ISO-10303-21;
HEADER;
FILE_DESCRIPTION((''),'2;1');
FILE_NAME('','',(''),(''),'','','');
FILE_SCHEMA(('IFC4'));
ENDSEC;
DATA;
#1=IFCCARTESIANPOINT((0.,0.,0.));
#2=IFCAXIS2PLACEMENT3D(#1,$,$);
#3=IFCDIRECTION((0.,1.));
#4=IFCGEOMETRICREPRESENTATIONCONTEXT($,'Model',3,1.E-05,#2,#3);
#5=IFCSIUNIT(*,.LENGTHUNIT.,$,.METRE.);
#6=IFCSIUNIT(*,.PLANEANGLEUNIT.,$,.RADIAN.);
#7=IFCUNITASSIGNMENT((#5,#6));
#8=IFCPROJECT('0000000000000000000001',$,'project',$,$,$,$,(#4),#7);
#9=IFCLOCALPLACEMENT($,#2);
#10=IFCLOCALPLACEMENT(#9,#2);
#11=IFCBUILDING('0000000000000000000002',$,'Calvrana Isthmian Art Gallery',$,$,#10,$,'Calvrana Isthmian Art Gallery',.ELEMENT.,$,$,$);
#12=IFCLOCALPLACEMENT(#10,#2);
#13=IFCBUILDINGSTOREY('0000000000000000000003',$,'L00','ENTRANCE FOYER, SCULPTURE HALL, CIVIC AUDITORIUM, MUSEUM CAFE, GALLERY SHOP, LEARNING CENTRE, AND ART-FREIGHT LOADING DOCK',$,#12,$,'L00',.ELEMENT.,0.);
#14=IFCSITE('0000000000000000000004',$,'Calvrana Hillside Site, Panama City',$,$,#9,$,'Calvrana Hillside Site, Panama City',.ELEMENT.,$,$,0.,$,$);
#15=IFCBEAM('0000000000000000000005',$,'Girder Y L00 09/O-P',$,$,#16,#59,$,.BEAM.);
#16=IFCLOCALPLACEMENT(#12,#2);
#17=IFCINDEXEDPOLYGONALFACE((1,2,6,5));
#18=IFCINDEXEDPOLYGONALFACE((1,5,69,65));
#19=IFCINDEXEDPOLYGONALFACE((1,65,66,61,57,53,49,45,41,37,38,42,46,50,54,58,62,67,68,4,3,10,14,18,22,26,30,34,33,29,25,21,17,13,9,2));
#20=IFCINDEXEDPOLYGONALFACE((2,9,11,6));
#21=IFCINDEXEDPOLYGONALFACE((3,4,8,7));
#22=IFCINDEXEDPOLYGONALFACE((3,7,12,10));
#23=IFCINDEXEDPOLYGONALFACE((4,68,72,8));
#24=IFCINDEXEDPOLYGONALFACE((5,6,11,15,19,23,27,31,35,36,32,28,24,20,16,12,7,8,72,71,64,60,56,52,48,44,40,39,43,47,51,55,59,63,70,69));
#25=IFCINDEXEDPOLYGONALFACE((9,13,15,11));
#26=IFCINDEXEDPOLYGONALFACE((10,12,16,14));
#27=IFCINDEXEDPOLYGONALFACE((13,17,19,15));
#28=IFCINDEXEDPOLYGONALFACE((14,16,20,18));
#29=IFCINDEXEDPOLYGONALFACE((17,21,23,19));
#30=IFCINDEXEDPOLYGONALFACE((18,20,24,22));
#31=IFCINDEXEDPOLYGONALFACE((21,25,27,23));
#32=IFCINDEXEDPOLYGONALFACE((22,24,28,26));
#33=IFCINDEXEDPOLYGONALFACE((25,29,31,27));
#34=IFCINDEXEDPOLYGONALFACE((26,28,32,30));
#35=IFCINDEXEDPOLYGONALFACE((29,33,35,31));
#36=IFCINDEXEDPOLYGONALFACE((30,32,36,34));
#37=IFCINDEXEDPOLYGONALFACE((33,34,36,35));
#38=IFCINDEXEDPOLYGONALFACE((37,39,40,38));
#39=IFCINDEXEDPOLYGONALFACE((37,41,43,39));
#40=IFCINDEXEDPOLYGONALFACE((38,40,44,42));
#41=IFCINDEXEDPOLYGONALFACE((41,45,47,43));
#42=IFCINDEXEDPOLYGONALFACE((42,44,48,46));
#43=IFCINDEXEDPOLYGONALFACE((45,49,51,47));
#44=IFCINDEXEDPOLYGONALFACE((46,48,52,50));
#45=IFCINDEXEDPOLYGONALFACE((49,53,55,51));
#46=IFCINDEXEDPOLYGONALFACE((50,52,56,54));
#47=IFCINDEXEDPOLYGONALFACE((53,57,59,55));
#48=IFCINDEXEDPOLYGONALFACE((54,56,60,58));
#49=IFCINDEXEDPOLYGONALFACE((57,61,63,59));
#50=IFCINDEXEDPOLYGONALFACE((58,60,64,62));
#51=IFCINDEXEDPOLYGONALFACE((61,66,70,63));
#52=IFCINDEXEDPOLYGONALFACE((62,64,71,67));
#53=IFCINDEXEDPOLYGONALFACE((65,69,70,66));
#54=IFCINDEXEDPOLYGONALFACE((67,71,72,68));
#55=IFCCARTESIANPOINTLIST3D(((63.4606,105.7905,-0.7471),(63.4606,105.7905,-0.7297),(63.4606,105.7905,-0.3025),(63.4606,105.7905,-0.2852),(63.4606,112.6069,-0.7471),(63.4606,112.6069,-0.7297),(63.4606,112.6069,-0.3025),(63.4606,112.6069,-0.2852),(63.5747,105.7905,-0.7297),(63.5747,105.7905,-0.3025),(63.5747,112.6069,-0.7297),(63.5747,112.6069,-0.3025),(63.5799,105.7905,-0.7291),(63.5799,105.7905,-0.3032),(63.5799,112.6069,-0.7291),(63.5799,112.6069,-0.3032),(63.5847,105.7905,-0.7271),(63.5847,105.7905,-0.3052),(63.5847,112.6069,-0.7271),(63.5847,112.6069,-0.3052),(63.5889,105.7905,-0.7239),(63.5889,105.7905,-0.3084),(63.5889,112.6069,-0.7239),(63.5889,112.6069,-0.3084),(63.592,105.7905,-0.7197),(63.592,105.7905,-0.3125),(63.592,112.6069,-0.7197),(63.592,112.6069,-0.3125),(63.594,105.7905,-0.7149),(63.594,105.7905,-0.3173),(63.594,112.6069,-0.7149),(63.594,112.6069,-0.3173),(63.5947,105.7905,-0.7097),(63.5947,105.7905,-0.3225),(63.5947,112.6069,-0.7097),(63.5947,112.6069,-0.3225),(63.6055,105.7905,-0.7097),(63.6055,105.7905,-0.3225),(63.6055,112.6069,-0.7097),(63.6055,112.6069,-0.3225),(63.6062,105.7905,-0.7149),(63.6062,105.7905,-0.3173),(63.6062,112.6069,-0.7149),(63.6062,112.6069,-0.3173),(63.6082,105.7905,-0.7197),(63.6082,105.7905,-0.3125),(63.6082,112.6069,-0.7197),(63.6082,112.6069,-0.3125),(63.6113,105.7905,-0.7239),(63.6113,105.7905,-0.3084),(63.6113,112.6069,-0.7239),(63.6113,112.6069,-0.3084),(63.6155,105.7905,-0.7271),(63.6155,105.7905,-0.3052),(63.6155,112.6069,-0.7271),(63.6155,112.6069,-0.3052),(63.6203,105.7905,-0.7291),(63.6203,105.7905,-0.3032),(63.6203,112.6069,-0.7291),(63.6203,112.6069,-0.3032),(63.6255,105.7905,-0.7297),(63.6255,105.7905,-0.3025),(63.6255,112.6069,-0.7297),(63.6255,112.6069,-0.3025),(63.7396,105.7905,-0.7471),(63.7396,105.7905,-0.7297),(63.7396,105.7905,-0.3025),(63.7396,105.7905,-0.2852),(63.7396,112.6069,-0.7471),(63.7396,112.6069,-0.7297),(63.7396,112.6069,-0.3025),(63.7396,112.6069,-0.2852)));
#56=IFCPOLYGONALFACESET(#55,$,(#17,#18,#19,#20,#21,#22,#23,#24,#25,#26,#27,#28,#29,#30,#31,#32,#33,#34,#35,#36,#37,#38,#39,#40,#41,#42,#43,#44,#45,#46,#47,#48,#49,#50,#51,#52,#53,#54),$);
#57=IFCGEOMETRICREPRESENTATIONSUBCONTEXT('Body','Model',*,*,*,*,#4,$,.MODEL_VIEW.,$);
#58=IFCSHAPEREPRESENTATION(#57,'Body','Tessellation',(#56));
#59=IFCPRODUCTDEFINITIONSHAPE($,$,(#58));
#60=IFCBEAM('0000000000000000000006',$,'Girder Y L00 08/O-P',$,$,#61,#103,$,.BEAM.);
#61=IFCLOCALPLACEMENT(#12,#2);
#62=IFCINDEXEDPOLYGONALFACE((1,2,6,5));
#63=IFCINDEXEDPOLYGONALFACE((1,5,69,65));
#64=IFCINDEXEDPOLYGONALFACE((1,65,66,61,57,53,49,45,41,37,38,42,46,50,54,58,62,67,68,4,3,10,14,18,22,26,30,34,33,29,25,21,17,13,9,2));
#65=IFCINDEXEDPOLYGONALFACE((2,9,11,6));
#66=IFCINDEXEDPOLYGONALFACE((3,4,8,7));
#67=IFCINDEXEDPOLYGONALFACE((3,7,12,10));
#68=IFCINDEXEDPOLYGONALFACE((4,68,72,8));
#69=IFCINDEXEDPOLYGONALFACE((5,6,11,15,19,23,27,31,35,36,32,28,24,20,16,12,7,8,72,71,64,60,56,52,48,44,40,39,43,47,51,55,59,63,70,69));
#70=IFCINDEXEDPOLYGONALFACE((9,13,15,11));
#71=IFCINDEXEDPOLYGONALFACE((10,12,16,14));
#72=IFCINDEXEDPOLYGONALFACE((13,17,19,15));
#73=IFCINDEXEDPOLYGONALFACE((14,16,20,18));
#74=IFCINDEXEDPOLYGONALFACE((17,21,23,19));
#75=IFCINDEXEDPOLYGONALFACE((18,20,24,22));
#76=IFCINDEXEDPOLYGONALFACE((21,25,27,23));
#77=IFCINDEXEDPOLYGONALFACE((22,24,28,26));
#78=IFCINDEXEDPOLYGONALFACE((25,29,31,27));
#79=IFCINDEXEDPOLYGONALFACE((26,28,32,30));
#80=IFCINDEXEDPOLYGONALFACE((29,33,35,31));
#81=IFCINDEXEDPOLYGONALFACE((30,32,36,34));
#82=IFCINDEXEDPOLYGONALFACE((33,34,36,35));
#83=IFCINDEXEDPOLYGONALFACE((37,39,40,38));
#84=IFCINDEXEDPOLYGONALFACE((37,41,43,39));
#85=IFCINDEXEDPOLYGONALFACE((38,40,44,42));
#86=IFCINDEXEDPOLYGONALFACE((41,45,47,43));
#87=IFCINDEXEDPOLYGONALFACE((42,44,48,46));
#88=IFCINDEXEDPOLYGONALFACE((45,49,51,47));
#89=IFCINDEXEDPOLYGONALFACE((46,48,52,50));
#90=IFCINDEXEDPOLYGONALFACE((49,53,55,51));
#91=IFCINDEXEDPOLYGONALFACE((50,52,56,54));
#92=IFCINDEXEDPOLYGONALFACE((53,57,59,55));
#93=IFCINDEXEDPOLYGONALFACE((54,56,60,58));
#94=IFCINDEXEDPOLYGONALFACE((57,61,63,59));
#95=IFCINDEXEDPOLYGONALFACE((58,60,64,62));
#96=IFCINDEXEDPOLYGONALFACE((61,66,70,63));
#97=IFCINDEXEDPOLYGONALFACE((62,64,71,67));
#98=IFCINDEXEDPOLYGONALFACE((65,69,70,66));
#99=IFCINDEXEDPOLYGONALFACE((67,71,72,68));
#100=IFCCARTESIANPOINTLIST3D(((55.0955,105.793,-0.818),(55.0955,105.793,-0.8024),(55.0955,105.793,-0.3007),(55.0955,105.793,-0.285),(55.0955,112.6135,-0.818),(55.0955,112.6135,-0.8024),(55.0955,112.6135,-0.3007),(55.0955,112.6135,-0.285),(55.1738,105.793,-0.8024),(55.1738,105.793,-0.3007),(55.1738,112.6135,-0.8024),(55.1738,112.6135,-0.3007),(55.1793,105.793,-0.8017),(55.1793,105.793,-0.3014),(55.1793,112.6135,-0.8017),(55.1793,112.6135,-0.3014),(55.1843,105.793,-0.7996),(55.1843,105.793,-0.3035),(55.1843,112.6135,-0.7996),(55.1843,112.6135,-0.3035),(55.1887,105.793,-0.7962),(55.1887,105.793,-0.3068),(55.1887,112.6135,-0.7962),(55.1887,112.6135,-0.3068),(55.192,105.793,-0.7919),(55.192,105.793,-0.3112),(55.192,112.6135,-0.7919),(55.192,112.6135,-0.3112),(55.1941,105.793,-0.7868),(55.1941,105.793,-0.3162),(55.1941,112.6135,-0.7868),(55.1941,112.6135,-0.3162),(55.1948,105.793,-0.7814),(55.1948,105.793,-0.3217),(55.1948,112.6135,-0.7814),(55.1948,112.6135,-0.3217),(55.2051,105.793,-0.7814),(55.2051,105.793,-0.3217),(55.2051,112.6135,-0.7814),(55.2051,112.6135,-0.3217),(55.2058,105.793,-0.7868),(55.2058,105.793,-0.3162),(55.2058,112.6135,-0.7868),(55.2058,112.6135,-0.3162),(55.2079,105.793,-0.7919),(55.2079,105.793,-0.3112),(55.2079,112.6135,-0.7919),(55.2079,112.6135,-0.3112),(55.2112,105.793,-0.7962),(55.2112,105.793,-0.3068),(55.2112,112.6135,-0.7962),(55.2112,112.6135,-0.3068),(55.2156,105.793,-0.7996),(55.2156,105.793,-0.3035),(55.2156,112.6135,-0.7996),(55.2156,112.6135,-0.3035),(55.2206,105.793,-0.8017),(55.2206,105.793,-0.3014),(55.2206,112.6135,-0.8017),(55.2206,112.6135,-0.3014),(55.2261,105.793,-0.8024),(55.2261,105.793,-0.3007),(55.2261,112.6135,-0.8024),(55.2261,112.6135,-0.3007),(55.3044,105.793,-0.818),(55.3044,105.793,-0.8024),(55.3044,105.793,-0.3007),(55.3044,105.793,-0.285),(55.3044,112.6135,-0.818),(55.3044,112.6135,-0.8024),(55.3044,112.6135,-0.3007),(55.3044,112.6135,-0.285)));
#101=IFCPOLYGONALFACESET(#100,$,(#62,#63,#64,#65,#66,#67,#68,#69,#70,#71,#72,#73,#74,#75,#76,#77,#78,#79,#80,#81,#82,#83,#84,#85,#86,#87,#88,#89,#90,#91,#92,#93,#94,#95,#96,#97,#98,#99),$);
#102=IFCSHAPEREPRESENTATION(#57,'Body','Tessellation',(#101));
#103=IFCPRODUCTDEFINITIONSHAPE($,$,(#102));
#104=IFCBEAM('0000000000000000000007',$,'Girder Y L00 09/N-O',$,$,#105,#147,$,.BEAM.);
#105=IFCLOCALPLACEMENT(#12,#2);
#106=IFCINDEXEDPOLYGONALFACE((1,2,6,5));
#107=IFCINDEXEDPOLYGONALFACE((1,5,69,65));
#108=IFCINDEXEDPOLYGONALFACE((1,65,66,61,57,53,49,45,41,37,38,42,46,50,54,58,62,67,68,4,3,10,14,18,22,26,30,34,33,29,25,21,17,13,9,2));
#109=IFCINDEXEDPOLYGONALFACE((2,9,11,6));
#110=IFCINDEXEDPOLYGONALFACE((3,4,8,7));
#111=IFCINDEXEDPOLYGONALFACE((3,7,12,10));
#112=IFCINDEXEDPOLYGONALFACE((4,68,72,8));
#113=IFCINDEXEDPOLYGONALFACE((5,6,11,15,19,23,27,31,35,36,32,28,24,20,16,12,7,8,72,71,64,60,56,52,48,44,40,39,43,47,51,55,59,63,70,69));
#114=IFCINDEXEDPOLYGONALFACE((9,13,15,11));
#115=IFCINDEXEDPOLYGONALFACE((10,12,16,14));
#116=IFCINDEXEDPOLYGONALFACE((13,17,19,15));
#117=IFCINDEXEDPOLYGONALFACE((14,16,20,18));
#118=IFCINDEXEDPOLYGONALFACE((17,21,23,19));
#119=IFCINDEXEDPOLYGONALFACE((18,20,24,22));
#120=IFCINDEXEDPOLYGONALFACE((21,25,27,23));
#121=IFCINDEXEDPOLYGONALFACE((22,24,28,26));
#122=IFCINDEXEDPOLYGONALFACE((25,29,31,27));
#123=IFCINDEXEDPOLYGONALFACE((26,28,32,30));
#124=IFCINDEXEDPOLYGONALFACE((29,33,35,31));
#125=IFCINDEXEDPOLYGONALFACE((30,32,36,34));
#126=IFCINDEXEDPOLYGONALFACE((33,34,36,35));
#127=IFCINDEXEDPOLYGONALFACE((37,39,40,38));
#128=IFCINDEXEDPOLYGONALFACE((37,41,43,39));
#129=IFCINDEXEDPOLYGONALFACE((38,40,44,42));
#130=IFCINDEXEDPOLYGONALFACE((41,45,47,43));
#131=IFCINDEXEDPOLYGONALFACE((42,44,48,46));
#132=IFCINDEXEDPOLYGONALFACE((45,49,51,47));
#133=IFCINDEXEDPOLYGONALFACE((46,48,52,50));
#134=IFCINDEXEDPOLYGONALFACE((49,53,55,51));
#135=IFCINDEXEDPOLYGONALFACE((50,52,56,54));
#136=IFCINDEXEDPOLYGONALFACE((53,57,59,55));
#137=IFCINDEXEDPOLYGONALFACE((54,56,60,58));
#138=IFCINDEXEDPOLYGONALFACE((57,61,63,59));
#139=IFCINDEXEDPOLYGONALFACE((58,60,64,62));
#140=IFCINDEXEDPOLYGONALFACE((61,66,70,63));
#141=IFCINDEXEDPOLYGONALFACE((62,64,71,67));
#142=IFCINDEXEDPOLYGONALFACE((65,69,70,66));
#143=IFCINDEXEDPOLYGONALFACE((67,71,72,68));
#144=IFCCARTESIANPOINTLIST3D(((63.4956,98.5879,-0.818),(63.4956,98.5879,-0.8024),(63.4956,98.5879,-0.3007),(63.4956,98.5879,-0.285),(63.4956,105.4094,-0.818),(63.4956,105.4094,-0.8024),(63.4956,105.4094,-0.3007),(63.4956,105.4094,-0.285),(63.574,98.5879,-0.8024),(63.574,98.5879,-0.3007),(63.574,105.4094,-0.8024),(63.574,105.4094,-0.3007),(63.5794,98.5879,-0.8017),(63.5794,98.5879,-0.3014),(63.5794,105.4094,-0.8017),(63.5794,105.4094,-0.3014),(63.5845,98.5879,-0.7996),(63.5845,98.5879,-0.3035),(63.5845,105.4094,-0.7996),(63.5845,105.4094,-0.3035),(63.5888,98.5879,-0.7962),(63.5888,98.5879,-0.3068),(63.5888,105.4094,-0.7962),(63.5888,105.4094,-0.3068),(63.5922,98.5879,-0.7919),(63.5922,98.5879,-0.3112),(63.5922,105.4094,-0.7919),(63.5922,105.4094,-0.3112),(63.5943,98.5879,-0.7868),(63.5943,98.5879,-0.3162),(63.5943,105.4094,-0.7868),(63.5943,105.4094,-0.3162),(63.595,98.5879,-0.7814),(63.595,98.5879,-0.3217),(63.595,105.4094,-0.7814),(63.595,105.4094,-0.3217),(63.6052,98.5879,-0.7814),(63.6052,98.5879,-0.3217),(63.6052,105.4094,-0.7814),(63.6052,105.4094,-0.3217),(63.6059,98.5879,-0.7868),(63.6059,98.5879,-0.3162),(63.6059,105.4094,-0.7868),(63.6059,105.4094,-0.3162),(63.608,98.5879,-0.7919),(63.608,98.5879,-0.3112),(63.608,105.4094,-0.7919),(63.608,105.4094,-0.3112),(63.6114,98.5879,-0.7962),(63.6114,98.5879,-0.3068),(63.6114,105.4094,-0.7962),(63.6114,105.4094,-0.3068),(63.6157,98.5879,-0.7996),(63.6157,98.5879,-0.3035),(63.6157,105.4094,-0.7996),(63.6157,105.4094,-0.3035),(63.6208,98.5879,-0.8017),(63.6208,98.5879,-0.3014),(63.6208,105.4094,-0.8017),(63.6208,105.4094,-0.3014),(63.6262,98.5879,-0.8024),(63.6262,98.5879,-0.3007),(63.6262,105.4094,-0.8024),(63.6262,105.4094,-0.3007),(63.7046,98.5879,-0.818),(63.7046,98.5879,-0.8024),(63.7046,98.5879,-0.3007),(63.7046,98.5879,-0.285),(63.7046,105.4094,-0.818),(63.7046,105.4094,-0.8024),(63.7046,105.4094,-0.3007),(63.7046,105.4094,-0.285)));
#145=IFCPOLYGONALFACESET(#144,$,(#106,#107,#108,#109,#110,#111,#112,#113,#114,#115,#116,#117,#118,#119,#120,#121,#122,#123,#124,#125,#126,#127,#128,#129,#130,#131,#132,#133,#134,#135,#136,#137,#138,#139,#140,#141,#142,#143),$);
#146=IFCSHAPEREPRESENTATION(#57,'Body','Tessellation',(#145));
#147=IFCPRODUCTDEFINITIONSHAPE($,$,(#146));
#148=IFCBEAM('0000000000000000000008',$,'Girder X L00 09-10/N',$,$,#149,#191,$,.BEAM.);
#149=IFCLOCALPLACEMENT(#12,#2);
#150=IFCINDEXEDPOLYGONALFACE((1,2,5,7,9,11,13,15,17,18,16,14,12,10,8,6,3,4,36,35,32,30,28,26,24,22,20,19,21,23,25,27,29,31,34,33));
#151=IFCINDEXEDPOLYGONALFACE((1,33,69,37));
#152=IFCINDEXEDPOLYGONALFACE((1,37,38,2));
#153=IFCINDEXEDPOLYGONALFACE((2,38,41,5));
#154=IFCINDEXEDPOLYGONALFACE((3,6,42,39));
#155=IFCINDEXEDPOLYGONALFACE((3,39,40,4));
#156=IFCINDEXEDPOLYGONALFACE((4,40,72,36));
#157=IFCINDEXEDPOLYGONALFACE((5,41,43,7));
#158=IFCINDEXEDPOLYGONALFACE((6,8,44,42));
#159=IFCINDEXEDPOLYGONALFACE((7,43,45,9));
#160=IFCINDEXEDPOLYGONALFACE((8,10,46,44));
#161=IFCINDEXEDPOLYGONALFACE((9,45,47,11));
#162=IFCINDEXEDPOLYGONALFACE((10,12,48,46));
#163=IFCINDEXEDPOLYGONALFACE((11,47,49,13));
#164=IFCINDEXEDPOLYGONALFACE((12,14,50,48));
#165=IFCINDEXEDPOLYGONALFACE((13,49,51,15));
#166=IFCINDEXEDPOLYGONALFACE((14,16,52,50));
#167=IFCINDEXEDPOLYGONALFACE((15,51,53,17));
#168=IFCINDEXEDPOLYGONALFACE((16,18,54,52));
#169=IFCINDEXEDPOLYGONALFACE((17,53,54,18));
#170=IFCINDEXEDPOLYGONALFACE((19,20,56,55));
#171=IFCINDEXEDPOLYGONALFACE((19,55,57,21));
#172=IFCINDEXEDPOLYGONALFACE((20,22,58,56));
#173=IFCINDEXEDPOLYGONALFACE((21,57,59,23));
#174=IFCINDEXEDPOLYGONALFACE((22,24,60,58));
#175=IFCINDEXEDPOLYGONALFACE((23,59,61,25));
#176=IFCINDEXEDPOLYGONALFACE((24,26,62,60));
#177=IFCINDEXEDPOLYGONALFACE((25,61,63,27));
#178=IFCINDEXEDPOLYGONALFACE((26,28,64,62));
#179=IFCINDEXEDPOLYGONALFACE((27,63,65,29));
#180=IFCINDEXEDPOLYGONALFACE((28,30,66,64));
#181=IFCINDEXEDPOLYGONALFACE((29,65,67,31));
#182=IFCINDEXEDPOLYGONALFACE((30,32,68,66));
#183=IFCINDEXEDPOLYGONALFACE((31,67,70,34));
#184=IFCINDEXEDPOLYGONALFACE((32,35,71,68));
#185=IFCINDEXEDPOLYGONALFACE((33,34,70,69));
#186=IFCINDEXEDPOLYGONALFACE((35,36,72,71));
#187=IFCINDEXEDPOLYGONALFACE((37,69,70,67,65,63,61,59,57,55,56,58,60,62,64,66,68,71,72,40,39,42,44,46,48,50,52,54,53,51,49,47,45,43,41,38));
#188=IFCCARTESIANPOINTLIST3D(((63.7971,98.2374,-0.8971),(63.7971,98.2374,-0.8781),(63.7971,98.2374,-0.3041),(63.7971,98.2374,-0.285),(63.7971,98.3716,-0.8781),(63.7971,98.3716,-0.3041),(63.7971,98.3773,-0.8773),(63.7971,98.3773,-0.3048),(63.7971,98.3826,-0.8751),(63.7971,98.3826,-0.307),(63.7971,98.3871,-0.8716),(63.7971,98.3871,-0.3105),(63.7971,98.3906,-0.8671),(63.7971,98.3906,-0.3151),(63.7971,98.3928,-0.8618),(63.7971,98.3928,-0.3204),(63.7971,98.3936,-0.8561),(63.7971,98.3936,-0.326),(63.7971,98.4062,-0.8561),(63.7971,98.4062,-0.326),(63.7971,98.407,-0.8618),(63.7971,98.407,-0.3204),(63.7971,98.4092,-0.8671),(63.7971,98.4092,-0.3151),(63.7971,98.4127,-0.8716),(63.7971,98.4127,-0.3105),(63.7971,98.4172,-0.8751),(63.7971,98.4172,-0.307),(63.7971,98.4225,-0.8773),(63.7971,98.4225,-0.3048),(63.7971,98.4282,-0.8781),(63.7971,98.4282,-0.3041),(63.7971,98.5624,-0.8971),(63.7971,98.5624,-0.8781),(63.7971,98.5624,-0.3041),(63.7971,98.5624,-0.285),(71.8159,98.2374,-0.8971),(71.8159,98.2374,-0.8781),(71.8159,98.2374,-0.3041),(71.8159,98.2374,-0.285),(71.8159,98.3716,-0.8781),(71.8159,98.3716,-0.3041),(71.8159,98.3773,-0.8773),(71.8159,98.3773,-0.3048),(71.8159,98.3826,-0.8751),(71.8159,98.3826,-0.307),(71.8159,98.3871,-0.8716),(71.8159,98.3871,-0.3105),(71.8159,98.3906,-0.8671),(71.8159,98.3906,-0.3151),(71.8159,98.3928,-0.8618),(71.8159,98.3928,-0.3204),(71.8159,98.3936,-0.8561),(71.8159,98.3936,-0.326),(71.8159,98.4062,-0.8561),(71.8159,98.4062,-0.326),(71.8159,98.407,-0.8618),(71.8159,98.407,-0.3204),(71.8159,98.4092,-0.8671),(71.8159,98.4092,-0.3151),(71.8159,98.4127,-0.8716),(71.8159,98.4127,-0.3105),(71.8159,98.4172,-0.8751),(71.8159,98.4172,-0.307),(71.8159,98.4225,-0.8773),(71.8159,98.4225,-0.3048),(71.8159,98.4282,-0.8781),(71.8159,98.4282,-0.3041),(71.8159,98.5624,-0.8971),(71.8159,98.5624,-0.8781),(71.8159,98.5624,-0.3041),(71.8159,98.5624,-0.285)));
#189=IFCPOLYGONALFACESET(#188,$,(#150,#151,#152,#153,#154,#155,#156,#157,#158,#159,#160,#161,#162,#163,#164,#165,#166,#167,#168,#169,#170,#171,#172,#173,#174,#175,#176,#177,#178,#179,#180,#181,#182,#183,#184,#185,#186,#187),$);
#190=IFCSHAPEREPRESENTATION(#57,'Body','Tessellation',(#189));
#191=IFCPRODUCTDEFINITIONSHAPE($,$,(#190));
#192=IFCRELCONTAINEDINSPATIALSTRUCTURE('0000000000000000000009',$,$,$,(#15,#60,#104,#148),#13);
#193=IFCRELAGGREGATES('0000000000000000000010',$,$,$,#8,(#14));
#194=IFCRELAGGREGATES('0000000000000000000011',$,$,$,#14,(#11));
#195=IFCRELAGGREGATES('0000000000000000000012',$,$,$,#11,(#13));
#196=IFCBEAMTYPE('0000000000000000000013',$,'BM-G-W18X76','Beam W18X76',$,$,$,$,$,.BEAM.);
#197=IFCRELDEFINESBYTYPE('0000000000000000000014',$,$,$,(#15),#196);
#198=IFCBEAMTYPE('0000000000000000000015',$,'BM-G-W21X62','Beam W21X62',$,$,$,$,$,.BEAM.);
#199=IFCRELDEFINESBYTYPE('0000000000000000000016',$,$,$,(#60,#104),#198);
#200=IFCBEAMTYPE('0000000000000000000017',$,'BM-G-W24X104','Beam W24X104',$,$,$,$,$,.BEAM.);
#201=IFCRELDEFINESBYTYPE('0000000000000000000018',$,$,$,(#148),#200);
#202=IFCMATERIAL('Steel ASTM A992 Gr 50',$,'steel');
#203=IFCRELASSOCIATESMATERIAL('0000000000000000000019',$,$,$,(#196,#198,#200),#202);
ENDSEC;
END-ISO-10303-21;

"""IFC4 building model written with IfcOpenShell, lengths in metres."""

from ifc_helpers import new_model, si_unit, direction, frame, origin, origin_2d, place, context, subcontext, project, spatial, i_section, extrude, material, material_profile, profile_set, type_object, element, save


model = new_model("IFC4")

# Units and contexts
model_context = context("Model", 3, precision=1e-05, world=origin(), true_north=direction((0.0, 1.0)))
body_context = subcontext(model_context, "Body", "Model", "MODEL_VIEW")
ifc_project = project(units=[si_unit("LENGTHUNIT", "METRE"), si_unit("PLANEANGLEUNIT", "RADIAN")], contexts=[model_context])

# Site, building, storey
site_placement = place(None, origin())
site = spatial("IfcSite", under=ifc_project, at=site_placement, Name="Calvrana Hillside Site, Panama City", LongName="Calvrana Hillside Site, Panama City", CompositionType="ELEMENT", RefElevation=0.0)
building_placement = place(site_placement, origin())
building = spatial("IfcBuilding", under=site, at=building_placement, Name="Calvrana Isthmian Art Gallery", LongName="Calvrana Isthmian Art Gallery", CompositionType="ELEMENT")
storey_placement = place(building_placement, origin())
storey = spatial("IfcBuildingStorey", under=building, at=storey_placement, Name="L00", Description="ENTRANCE FOYER, SCULPTURE HALL, CIVIC AUDITORIUM, MUSEUM CAFE, GALLERY SHOP, LEARNING CENTRE, AND ART-FREIGHT LOADING DOCK", LongName="L00", CompositionType="ELEMENT", Elevation=0.0)

# Shared definitions
ifc_material_1 = material(Name="Steel ASTM A992 Gr 50", Category="steel")

# Beams
ifc_material_profile_1 = material_profile(ifc_material_1, i_section(OverallWidth=0.2791, OverallDepth=0.4619, WebThickness=0.0107, FlangeThickness=0.0173, FilletRadius=0.02, at=origin_2d()), Name="W18X76")
ifc_profile_set_1 = profile_set([ifc_material_profile_1], Name="Steel ASTM A992 Gr 50")
beam_type_1 = type_object("IfcBeamType", Name="BM-G-W18X76", Description="Beam W18X76", PredefinedType="BEAM", material=ifc_profile_set_1)
beam_1_placement = place(storey_placement, frame((63.6001, 105.7905, -0.5161), z_axis=(0.0, 1.0, 0.0), x_axis=(-1.0, 0.0, 0.0)))
element("IfcBeam", 1, at=beam_1_placement, inside=storey, type_object=beam_type_1, Name="Girder Y L00 09/O-P", PredefinedType="BEAM", context=body_context, shape_type="SweptSolid", body=[
    extrude(i_section(OverallWidth=0.2791, OverallDepth=0.4619, WebThickness=0.0107, FlangeThickness=0.0173, FilletRadius=0.02, at=origin_2d()), origin(), (0.0, 0.0, 1.0), 6.8164),
])
ifc_material_profile_2 = material_profile(ifc_material_1, i_section(OverallWidth=0.209, OverallDepth=0.533, WebThickness=0.0103, FlangeThickness=0.0156, FilletRadius=0.021, at=origin_2d()), Name="W21X62")
ifc_profile_set_2 = profile_set([ifc_material_profile_2], Name="Steel ASTM A992 Gr 50")
beam_type_2 = type_object("IfcBeamType", Name="BM-G-W21X62", Description="Beam W21X62", PredefinedType="BEAM", material=ifc_profile_set_2)
beam_2_placement = place(storey_placement, frame((55.2, 105.793, -0.5515), z_axis=(0.0, 1.0, 0.0), x_axis=(-1.0, 0.0, 0.0)))
element("IfcBeam", 2, at=beam_2_placement, inside=storey, type_object=beam_type_2, Name="Girder Y L00 08/O-P", PredefinedType="BEAM", context=body_context, shape_type="SweptSolid", body=[
    extrude(i_section(OverallWidth=0.209, OverallDepth=0.533, WebThickness=0.0103, FlangeThickness=0.0156, FilletRadius=0.021, at=origin_2d()), origin(), (0.0, 0.0, 1.0), 6.8206),
])
beam_3_placement = place(storey_placement, frame((63.6001, 98.5879, -0.5515), z_axis=(0.0, 1.0, 0.0), x_axis=(-1.0, 0.0, 0.0)))
element("IfcBeam", 3, at=beam_3_placement, inside=storey, type_object=beam_type_2, Name="Girder Y L00 09/N-O", PredefinedType="BEAM", context=body_context, shape_type="SweptSolid", body=[
    extrude(i_section(OverallWidth=0.209, OverallDepth=0.533, WebThickness=0.0103, FlangeThickness=0.0156, FilletRadius=0.021, at=origin_2d()), origin(), (0.0, 0.0, 1.0), 6.8215),
])
ifc_material_profile_3 = material_profile(ifc_material_1, i_section(OverallWidth=0.325, OverallDepth=0.6121, WebThickness=0.0127, FlangeThickness=0.019, FilletRadius=0.022, at=origin_2d()), Name="W24X104")
ifc_profile_set_3 = profile_set([ifc_material_profile_3], Name="Steel ASTM A992 Gr 50")
beam_type_3 = type_object("IfcBeamType", Name="BM-G-W24X104", Description="Beam W24X104", PredefinedType="BEAM", material=ifc_profile_set_3)
beam_4_placement = place(storey_placement, frame((63.7971, 98.3999, -0.5911), z_axis=(1.0, 0.0, 0.0), x_axis=(0.0, 1.0, 0.0)))
element("IfcBeam", 4, at=beam_4_placement, inside=storey, type_object=beam_type_3, Name="Girder X L00 09-10/N", PredefinedType="BEAM", context=body_context, shape_type="SweptSolid", body=[
    extrude(i_section(OverallWidth=0.325, OverallDepth=0.6121, WebThickness=0.0127, FlangeThickness=0.019, FilletRadius=0.022, at=origin_2d()), origin(), (0.0, 0.0, 1.0), 8.0188),
])

save(model, "model.ifc")
